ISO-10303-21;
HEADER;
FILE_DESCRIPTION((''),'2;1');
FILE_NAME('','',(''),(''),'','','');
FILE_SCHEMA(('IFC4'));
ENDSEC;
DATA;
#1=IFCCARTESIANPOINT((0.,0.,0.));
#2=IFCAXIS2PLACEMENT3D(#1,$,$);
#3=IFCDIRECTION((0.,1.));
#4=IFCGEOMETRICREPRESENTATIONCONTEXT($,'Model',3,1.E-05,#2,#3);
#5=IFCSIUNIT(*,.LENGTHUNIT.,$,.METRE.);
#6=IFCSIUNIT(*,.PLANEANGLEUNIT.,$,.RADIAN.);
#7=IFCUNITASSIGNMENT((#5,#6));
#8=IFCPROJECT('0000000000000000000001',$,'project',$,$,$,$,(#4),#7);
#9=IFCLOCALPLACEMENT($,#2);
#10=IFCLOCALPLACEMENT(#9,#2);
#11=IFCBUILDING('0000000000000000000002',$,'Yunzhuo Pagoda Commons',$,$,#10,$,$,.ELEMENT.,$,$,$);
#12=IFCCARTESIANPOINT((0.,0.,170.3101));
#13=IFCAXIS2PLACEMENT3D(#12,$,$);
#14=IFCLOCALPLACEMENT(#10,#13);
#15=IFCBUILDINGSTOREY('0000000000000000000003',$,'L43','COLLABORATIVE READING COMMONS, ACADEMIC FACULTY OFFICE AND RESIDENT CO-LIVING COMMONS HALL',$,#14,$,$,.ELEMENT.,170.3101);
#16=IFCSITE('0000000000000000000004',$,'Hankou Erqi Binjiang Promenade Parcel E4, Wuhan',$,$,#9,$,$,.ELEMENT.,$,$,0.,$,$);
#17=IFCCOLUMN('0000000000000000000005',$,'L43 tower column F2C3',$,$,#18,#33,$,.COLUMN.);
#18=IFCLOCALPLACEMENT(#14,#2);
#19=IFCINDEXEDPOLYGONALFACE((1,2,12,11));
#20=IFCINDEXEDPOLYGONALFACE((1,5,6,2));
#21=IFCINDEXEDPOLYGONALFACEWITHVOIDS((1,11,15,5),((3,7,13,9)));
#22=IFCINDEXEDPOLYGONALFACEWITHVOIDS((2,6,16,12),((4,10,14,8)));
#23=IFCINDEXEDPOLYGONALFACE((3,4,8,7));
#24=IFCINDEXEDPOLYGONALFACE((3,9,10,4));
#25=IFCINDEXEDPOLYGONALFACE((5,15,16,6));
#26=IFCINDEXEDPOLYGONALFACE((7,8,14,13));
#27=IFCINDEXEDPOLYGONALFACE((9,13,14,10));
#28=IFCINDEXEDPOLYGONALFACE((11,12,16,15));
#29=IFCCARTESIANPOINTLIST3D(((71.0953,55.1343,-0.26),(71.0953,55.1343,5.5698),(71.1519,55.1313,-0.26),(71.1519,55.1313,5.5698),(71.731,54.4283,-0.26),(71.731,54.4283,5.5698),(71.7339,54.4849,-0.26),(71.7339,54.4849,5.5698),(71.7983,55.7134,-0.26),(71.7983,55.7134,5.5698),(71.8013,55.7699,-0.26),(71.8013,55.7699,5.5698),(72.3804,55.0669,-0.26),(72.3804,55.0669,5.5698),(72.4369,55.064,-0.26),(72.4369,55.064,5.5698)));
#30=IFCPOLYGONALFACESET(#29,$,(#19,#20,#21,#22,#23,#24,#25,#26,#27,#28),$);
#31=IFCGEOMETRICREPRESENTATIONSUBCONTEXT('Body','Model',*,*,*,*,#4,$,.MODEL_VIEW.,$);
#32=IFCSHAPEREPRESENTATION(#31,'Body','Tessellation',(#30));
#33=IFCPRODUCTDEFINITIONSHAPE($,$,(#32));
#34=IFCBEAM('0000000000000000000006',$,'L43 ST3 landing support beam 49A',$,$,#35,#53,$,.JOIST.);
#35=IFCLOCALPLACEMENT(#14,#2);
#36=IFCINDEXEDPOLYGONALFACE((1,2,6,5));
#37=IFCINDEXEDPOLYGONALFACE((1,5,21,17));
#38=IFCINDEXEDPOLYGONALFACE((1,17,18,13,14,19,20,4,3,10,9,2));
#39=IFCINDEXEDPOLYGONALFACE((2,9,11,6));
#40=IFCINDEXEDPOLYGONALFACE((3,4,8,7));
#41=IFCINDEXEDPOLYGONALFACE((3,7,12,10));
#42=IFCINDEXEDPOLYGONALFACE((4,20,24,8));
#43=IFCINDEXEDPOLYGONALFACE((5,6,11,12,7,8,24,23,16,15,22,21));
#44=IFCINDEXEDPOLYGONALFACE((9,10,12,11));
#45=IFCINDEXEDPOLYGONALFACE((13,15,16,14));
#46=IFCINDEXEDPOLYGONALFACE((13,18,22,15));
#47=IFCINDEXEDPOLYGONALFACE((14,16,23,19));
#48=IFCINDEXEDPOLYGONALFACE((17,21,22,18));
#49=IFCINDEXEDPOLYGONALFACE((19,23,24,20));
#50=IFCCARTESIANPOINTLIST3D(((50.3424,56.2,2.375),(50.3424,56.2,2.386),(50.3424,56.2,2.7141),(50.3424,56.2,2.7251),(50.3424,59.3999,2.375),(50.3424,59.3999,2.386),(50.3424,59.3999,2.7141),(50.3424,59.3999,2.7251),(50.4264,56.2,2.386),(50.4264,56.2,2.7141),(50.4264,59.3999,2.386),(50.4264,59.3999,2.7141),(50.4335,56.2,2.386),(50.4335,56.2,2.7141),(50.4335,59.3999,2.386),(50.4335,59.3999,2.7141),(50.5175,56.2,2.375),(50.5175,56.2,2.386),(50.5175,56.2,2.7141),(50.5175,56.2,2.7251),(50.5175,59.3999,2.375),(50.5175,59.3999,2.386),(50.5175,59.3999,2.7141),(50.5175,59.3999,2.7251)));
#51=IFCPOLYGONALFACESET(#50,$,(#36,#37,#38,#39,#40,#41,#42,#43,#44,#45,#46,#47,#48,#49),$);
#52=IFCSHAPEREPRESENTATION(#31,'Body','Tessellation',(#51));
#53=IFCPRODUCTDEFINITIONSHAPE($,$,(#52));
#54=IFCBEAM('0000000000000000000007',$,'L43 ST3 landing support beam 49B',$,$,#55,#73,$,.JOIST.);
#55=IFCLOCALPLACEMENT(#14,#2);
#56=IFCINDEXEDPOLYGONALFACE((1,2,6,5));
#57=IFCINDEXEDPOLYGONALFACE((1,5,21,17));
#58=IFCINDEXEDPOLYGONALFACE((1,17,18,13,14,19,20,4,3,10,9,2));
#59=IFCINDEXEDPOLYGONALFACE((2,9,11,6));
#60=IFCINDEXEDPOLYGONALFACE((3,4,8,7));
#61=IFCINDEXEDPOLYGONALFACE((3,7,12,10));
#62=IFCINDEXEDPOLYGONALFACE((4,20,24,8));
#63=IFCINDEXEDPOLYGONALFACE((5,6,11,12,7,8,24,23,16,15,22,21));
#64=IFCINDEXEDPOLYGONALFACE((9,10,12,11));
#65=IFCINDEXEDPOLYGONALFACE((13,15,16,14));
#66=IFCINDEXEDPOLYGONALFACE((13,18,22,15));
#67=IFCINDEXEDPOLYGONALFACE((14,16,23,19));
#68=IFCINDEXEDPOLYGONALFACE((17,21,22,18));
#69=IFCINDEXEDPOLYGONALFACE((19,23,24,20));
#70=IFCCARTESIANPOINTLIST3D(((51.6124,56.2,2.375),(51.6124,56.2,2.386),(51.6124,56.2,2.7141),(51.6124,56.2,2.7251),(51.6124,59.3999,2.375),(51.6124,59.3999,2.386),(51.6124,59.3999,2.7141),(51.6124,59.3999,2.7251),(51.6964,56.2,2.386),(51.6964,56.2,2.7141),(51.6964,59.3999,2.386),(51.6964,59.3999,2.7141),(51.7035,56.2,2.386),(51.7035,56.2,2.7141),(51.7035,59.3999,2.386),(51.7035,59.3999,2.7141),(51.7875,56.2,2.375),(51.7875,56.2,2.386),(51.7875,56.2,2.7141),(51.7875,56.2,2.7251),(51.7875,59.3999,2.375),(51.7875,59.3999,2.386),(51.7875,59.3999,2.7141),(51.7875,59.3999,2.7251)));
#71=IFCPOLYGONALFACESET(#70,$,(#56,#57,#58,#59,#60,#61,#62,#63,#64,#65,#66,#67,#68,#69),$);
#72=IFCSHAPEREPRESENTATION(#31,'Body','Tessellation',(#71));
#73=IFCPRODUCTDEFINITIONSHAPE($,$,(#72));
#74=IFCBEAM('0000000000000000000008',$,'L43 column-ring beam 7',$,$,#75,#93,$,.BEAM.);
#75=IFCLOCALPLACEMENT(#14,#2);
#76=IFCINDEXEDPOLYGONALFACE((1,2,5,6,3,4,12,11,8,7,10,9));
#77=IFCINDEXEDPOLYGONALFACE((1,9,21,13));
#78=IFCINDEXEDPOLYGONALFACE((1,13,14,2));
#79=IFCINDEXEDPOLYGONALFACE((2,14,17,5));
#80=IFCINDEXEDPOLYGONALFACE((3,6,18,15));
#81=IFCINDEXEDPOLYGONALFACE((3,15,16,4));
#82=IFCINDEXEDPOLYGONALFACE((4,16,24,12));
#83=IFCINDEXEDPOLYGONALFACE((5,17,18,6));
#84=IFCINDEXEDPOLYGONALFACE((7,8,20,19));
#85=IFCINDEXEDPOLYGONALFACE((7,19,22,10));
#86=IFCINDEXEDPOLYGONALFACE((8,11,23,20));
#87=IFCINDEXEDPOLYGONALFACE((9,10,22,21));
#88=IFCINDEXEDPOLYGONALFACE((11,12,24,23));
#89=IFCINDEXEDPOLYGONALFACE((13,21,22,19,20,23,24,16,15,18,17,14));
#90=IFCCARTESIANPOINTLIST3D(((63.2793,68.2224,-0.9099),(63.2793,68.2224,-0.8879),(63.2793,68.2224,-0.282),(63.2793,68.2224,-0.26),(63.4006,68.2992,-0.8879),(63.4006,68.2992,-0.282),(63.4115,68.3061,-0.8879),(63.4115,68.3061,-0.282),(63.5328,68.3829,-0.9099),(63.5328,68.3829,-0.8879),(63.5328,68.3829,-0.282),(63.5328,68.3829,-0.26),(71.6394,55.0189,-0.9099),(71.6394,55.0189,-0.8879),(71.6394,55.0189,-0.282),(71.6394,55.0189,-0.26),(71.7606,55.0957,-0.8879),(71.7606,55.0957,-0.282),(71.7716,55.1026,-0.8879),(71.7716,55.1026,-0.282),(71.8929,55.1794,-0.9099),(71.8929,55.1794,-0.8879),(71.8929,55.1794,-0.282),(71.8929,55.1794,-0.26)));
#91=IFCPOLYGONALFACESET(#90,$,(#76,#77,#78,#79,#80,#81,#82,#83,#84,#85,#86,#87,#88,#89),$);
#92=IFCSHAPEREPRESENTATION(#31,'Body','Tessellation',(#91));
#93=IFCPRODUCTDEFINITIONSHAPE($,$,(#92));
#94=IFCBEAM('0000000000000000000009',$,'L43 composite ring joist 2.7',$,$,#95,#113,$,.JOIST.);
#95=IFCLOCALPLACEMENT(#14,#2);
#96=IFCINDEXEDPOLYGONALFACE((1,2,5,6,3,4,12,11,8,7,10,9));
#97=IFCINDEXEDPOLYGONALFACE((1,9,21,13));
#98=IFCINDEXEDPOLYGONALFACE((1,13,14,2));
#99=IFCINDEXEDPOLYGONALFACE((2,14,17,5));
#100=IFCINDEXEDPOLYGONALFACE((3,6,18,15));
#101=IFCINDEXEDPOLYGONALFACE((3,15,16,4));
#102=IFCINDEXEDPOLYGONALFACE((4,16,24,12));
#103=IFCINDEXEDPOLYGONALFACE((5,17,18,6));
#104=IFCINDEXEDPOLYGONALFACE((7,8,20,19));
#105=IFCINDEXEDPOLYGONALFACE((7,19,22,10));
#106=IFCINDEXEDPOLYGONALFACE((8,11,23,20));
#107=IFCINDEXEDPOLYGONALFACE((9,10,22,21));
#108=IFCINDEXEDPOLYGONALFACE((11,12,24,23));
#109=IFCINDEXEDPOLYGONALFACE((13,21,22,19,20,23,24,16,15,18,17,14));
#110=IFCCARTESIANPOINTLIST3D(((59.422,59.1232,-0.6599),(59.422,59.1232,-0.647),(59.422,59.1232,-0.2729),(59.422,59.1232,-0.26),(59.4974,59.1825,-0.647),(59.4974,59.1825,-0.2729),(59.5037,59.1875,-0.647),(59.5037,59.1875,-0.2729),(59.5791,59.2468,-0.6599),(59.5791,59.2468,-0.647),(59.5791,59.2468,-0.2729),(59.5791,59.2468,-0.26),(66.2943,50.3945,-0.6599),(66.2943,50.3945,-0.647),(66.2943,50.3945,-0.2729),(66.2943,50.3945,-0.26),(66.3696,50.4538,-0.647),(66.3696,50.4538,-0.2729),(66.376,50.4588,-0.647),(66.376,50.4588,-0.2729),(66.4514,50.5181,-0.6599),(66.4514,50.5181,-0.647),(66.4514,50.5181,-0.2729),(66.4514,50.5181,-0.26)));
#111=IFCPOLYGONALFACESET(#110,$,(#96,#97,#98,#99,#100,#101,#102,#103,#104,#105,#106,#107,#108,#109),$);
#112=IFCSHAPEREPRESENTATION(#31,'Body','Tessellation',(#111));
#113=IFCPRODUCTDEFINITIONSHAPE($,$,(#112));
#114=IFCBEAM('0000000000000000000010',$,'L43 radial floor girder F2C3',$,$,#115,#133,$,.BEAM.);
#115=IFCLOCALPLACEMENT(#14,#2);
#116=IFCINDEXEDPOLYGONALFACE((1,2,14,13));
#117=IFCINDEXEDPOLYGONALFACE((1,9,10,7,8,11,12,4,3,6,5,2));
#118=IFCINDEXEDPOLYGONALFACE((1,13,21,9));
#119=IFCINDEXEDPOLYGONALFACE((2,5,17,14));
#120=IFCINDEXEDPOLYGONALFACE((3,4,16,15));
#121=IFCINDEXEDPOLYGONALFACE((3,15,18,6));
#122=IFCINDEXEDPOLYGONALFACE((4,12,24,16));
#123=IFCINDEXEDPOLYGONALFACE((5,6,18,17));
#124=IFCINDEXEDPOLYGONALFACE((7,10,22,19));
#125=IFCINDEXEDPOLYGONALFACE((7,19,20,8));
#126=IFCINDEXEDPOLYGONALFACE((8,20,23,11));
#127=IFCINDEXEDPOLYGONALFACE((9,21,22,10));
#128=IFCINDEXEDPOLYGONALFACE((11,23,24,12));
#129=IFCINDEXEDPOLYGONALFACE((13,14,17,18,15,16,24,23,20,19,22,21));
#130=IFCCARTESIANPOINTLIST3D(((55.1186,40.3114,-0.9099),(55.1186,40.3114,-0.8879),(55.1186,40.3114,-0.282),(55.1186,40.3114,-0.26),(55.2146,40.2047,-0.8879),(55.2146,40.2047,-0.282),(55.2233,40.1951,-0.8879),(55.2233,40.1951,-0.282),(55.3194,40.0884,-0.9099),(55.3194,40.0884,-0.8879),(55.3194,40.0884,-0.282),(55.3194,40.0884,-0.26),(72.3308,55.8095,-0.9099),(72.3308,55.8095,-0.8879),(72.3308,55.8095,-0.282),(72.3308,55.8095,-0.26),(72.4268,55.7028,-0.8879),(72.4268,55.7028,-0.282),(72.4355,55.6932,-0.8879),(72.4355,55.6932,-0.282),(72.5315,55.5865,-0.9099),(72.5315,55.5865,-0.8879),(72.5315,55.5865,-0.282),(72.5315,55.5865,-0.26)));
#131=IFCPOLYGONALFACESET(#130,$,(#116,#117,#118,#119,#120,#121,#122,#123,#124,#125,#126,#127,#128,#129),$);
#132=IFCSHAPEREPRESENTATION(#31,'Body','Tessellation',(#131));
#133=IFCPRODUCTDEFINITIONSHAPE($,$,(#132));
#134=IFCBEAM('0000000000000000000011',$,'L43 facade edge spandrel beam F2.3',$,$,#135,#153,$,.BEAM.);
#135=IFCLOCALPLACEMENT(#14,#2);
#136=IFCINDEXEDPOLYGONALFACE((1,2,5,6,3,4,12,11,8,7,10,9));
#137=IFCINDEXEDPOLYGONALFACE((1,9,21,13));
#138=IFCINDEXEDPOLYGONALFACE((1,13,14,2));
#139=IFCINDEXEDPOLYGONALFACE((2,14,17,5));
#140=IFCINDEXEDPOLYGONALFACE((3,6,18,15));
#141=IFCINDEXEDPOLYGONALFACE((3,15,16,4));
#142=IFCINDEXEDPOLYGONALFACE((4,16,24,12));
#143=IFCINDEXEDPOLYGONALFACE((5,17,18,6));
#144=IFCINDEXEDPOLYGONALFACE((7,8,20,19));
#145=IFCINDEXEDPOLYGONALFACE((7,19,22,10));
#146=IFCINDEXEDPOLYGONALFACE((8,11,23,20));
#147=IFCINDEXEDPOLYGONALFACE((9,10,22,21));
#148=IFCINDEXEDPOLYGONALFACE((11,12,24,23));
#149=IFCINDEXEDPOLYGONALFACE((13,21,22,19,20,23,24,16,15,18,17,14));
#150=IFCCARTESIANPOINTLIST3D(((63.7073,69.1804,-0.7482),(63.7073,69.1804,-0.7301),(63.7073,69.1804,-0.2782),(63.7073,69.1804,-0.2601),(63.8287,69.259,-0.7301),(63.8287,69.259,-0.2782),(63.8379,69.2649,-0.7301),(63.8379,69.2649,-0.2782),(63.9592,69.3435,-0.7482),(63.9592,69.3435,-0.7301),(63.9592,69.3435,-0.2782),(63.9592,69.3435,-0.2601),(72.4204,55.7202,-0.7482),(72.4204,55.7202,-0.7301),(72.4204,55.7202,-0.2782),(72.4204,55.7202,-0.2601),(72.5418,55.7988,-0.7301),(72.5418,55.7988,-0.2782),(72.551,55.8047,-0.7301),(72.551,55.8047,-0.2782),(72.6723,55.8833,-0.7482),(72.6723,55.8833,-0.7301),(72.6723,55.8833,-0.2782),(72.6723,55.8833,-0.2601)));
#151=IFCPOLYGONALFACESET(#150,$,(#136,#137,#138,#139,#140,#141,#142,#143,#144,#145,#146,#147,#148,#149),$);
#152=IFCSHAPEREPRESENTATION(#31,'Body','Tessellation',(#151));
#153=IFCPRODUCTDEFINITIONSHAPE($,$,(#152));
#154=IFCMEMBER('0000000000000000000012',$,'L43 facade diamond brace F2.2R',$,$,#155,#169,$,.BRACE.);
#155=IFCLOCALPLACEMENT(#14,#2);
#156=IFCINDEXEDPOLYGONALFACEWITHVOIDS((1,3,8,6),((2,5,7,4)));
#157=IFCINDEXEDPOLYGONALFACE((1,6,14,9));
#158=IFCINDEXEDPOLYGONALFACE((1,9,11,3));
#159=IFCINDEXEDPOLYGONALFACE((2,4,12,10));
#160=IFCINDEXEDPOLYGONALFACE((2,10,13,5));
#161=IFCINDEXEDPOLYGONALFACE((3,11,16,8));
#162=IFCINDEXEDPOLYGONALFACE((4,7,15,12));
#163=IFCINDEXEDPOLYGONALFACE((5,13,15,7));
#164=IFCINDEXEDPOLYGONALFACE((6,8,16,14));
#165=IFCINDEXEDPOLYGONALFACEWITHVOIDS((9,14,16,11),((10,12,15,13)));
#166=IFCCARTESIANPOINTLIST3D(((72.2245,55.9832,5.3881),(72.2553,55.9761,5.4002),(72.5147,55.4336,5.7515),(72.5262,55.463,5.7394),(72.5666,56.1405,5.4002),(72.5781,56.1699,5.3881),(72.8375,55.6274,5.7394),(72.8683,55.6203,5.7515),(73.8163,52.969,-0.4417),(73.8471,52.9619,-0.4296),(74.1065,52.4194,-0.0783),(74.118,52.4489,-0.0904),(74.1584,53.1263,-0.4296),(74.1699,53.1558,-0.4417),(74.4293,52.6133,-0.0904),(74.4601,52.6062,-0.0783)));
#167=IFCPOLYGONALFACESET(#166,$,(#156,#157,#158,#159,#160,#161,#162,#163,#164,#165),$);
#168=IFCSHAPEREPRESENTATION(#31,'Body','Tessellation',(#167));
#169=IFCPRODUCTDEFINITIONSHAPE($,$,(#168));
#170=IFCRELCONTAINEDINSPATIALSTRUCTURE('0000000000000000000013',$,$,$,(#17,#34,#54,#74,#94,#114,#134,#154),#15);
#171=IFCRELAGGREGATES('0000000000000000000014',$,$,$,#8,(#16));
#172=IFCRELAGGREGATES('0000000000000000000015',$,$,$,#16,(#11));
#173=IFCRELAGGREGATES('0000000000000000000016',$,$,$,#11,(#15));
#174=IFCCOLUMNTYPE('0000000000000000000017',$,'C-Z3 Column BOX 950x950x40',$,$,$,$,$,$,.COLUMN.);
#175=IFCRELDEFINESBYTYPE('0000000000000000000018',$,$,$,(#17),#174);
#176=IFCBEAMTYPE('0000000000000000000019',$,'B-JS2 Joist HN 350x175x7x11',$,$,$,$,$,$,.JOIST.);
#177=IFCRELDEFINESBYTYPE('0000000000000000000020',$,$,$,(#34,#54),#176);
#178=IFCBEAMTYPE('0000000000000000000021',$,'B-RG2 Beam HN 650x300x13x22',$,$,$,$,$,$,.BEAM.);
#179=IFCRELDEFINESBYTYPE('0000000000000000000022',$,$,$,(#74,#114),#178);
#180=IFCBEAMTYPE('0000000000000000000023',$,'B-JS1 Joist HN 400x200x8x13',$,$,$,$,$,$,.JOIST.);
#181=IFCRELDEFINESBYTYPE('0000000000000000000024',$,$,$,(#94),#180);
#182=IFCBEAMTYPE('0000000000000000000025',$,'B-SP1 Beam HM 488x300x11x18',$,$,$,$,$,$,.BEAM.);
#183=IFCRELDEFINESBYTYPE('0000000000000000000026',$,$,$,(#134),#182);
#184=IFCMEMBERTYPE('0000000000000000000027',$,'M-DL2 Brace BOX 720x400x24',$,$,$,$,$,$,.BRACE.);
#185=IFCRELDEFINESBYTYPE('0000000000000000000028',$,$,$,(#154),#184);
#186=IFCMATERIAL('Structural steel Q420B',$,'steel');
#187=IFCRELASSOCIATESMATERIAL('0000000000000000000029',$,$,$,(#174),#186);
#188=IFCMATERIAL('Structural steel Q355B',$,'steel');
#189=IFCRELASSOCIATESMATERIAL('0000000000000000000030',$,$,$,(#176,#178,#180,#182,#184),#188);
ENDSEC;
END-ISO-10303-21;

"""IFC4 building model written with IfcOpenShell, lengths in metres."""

from ifc_helpers import new_model, si_unit, direction, frame, origin, origin_2d, place, context, subcontext, project, spatial, hollow_rectangle, i_section, extrude, source, transform, mapped, material, material_profile, profile_set, type_object, element, save


model = new_model("IFC4")

# Units and contexts
model_context = context("Model", 3, precision=1e-05, world=origin(), true_north=direction((0.0, 1.0)))
body_context = subcontext(model_context, "Body", "Model", "MODEL_VIEW")
ifc_project = project(units=[si_unit("LENGTHUNIT", "METRE"), si_unit("PLANEANGLEUNIT", "RADIAN")], contexts=[model_context])

# Site, building, storey
site_placement = place(None, origin())
site = spatial("IfcSite", under=ifc_project, at=site_placement, Name="Hankou Erqi Binjiang Promenade Parcel E4, Wuhan", CompositionType="ELEMENT", RefElevation=0.0)
building_placement = place(site_placement, origin())
building = spatial("IfcBuilding", under=site, at=building_placement, Name="Yunzhuo Pagoda Commons", CompositionType="ELEMENT")
storey_placement = place(building_placement, frame((0.0, 0.0, 170.3101)))
storey = spatial("IfcBuildingStorey", under=building, at=storey_placement, Name="L43", Description="COLLABORATIVE READING COMMONS, ACADEMIC FACULTY OFFICE AND RESIDENT CO-LIVING COMMONS HALL", CompositionType="ELEMENT", Elevation=170.3101)

# Column
ifc_material_1 = material(Name="Structural steel Q420B", Category="steel")
ifc_material_profile_1 = material_profile(ifc_material_1, hollow_rectangle(XDim=0.95, YDim=0.95, WallThickness=0.04, at=origin_2d()), Name="Structural steel Q420B")
ifc_profile_set_1 = profile_set([ifc_material_profile_1], Name="Structural steel Q420B")
column_type = type_object("IfcColumnType", Name="C-Z3 Column BOX 950x950x40", PredefinedType="COLUMN", material=ifc_profile_set_1)
shared_shape_1 = source(origin(), body_context, "Body", "SweptSolid", [
    extrude(hollow_rectangle(XDim=0.95, YDim=0.95, WallThickness=0.04, at=origin_2d()), origin(), (0.0, 0.0, 1.0), 5.8298),
])
column_placement = place(storey_placement, frame((71.7661, 55.0991, -0.26), z_axis=(0.0, 0.0, 1.0), x_axis=(-0.669131, 0.743145, 0.0)))
element("IfcColumn", 1, at=column_placement, inside=storey, type_object=column_type, Name="L43 tower column F2C3", PredefinedType="COLUMN", context=body_context, shape_type="MappedRepresentation", body=[
    mapped(shared_shape_1, transform((0.0, 0.0, 0.0), scale=1.0)),
])

# Beams
ifc_material_2 = material(Name="Structural steel Q355B", Category="steel")
ifc_material_profile_2 = material_profile(ifc_material_2, i_section(OverallWidth=0.175, OverallDepth=0.3501, WebThickness=0.0071, FlangeThickness=0.011, at=origin_2d()), Name="Structural steel Q355B")
ifc_profile_set_2 = profile_set([ifc_material_profile_2], Name="Structural steel Q355B")
beam_type_1 = type_object("IfcBeamType", Name="B-JS2 Joist HN 350x175x7x11", PredefinedType="JOIST", material=ifc_profile_set_2)
shared_shape_2 = source(origin(), body_context, "Body", "SweptSolid", [
    extrude(i_section(OverallWidth=0.175, OverallDepth=0.3501, WebThickness=0.0071, FlangeThickness=0.011, at=origin_2d()), origin(), (0.0, 0.0, 1.0), 3.2),
])
for number, where, z_axis, x_axis, name in (
    (2, (50.4299, 56.2, 2.55), (0.0, 1.0, 0.0), (-1.0, 0.0, 0.0), "L43 ST3 landing support beam 49A"),
    (3, (51.7, 56.2, 2.55), (0.0, 1.0, 0.0), (-1.0, 0.0, 0.0), "L43 ST3 landing support beam 49B"),
):
    element("IfcBeam", number, at=place(storey_placement, frame(where, z_axis=z_axis, x_axis=x_axis)), inside=storey, type_object=beam_type_1, Name=name, PredefinedType="JOIST", context=body_context, shape_type="MappedRepresentation", body=[
        mapped(shared_shape_2, transform((0.0, 0.0, 0.0), scale=1.0)),
    ])
ifc_material_profile_3 = material_profile(ifc_material_2, i_section(OverallWidth=0.3, OverallDepth=0.6499, WebThickness=0.0129, FlangeThickness=0.022, at=origin_2d()), Name="Structural steel Q355B")
ifc_profile_set_3 = profile_set([ifc_material_profile_3], Name="Structural steel Q355B")
beam_type_2 = type_object("IfcBeamType", Name="B-RG2 Beam HN 650x300x13x22", PredefinedType="BEAM", material=ifc_profile_set_3)
shared_shape_3 = source(origin(), body_context, "Body", "SweptSolid", [
    extrude(i_section(OverallWidth=0.3, OverallDepth=0.6499, WebThickness=0.0129, FlangeThickness=0.022, at=origin_2d()), origin(), (0.0, 0.0, 1.0), 15.6277),
])
beam_1_placement = place(storey_placement, frame((71.7661, 55.0991, -0.585), z_axis=(-0.534952, 0.844882, 0.0), x_axis=(-0.844882, -0.534952, 0.0)))
element("IfcBeam", 4, at=beam_1_placement, inside=storey, type_object=beam_type_2, Name="L43 column-ring beam 7", PredefinedType="BEAM", context=body_context, shape_type="MappedRepresentation", body=[
    mapped(shared_shape_3, transform((0.0, 0.0, 0.0), scale=1.0)),
])
ifc_material_profile_4 = material_profile(ifc_material_2, i_section(OverallWidth=0.2, OverallDepth=0.3999, WebThickness=0.0081, FlangeThickness=0.0129, at=origin_2d()), Name="Structural steel Q355B")
ifc_profile_set_4 = profile_set([ifc_material_profile_4], Name="Structural steel Q355B")
beam_type_3 = type_object("IfcBeamType", Name="B-JS1 Joist HN 400x200x8x13", PredefinedType="JOIST", material=ifc_profile_set_4)
shared_shape_4 = source(origin(), body_context, "Body", "SweptSolid", [
    extrude(i_section(OverallWidth=0.2, OverallDepth=0.3999, WebThickness=0.0081, FlangeThickness=0.0129, at=origin_2d()), origin(), (0.0, 0.0, 1.0), 11.1094),
])
beam_2_placement = place(storey_placement, frame((66.3728, 50.4563, -0.46), z_axis=(-0.618601, 0.785706, 0.0), x_axis=(-0.785706, -0.618601, 0.0)))
element("IfcBeam", 5, at=beam_2_placement, inside=storey, type_object=beam_type_3, Name="L43 composite ring joist 2.7", PredefinedType="JOIST", context=body_context, shape_type="MappedRepresentation", body=[
    mapped(shared_shape_4, transform((0.0, 0.0, 0.0), scale=1.0)),
])
shared_shape_5 = source(origin(), body_context, "Body", "SweptSolid", [
    extrude(i_section(OverallWidth=0.3, OverallDepth=0.6499, WebThickness=0.0129, FlangeThickness=0.022, at=origin_2d()), origin(), (0.0, 0.0, 1.0), 23.1614),
])
beam_3_placement = place(storey_placement, frame((72.4312, 55.698, -0.585), z_axis=(-0.743142, -0.669134, 0.0), x_axis=(0.669134, -0.743142, 0.0)))
element("IfcBeam", 6, at=beam_3_placement, inside=storey, type_object=beam_type_2, Name="L43 radial floor girder F2C3", PredefinedType="BEAM", context=body_context, shape_type="MappedRepresentation", body=[
    mapped(shared_shape_5, transform((0.0, 0.0, 0.0), scale=1.0)),
])
ifc_material_profile_5 = material_profile(ifc_material_2, i_section(OverallWidth=0.3, OverallDepth=0.488, WebThickness=0.011, FlangeThickness=0.0181, at=origin_2d()), Name="Structural steel Q355B")
ifc_profile_set_5 = profile_set([ifc_material_profile_5], Name="Structural steel Q355B")
beam_type_4 = type_object("IfcBeamType", Name="B-SP1 Beam HM 488x300x11x18", PredefinedType="BEAM", material=ifc_profile_set_5)
shared_shape_6 = source(origin(), body_context, "Body", "SweptSolid", [
    extrude(i_section(OverallWidth=0.3, OverallDepth=0.488, WebThickness=0.011, FlangeThickness=0.0181, at=origin_2d()), origin(), (0.0, 0.0, 1.0), 16.0342),
])
beam_4_placement = place(storey_placement, frame((72.5464, 55.8018, -0.5042), z_axis=(-0.543409, 0.839468, 0.0), x_axis=(-0.839468, -0.543409, 0.0)))
element("IfcBeam", 7, at=beam_4_placement, inside=storey, type_object=beam_type_4, Name="L43 facade edge spandrel beam F2.3", PredefinedType="BEAM", context=body_context, shape_type="MappedRepresentation", body=[
    mapped(shared_shape_6, transform((0.0, 0.0, 0.0), scale=1.0)),
])

# Member
ifc_material_profile_6 = material_profile(ifc_material_2, hollow_rectangle(XDim=0.3999, YDim=0.72, WallThickness=0.0239, at=origin_2d()), Name="Structural steel Q355B")
ifc_profile_set_6 = profile_set([ifc_material_profile_6], Name="Structural steel Q355B")
member_type_1 = type_object("IfcMemberType", Name="M-DL2 Brace BOX 720x400x24", PredefinedType="BRACE", material=ifc_profile_set_6)
shared_shape_7 = source(origin(), body_context, "Body", "SweptSolid", [
    extrude(hollow_rectangle(XDim=0.3999, YDim=0.72, WallThickness=0.0239, at=origin_2d()), origin(), (0.0, 0.0, 1.0), 6.7532),
])
member_1_placement = place(storey_placement, frame((74.1382, 52.7876, -0.26), z_axis=(-0.235709, 0.44633, 0.863268), x_axis=(-0.884265, -0.466986, 0.0)))
element("IfcMember", 8, at=member_1_placement, inside=storey, type_object=member_type_1, Name="L43 facade diamond brace F2.2R", PredefinedType="BRACE", context=body_context, shape_type="MappedRepresentation", body=[
    mapped(shared_shape_7, transform((0.0, 0.0, 0.0), scale=1.0)),
])

save(model, "model.ifc")
